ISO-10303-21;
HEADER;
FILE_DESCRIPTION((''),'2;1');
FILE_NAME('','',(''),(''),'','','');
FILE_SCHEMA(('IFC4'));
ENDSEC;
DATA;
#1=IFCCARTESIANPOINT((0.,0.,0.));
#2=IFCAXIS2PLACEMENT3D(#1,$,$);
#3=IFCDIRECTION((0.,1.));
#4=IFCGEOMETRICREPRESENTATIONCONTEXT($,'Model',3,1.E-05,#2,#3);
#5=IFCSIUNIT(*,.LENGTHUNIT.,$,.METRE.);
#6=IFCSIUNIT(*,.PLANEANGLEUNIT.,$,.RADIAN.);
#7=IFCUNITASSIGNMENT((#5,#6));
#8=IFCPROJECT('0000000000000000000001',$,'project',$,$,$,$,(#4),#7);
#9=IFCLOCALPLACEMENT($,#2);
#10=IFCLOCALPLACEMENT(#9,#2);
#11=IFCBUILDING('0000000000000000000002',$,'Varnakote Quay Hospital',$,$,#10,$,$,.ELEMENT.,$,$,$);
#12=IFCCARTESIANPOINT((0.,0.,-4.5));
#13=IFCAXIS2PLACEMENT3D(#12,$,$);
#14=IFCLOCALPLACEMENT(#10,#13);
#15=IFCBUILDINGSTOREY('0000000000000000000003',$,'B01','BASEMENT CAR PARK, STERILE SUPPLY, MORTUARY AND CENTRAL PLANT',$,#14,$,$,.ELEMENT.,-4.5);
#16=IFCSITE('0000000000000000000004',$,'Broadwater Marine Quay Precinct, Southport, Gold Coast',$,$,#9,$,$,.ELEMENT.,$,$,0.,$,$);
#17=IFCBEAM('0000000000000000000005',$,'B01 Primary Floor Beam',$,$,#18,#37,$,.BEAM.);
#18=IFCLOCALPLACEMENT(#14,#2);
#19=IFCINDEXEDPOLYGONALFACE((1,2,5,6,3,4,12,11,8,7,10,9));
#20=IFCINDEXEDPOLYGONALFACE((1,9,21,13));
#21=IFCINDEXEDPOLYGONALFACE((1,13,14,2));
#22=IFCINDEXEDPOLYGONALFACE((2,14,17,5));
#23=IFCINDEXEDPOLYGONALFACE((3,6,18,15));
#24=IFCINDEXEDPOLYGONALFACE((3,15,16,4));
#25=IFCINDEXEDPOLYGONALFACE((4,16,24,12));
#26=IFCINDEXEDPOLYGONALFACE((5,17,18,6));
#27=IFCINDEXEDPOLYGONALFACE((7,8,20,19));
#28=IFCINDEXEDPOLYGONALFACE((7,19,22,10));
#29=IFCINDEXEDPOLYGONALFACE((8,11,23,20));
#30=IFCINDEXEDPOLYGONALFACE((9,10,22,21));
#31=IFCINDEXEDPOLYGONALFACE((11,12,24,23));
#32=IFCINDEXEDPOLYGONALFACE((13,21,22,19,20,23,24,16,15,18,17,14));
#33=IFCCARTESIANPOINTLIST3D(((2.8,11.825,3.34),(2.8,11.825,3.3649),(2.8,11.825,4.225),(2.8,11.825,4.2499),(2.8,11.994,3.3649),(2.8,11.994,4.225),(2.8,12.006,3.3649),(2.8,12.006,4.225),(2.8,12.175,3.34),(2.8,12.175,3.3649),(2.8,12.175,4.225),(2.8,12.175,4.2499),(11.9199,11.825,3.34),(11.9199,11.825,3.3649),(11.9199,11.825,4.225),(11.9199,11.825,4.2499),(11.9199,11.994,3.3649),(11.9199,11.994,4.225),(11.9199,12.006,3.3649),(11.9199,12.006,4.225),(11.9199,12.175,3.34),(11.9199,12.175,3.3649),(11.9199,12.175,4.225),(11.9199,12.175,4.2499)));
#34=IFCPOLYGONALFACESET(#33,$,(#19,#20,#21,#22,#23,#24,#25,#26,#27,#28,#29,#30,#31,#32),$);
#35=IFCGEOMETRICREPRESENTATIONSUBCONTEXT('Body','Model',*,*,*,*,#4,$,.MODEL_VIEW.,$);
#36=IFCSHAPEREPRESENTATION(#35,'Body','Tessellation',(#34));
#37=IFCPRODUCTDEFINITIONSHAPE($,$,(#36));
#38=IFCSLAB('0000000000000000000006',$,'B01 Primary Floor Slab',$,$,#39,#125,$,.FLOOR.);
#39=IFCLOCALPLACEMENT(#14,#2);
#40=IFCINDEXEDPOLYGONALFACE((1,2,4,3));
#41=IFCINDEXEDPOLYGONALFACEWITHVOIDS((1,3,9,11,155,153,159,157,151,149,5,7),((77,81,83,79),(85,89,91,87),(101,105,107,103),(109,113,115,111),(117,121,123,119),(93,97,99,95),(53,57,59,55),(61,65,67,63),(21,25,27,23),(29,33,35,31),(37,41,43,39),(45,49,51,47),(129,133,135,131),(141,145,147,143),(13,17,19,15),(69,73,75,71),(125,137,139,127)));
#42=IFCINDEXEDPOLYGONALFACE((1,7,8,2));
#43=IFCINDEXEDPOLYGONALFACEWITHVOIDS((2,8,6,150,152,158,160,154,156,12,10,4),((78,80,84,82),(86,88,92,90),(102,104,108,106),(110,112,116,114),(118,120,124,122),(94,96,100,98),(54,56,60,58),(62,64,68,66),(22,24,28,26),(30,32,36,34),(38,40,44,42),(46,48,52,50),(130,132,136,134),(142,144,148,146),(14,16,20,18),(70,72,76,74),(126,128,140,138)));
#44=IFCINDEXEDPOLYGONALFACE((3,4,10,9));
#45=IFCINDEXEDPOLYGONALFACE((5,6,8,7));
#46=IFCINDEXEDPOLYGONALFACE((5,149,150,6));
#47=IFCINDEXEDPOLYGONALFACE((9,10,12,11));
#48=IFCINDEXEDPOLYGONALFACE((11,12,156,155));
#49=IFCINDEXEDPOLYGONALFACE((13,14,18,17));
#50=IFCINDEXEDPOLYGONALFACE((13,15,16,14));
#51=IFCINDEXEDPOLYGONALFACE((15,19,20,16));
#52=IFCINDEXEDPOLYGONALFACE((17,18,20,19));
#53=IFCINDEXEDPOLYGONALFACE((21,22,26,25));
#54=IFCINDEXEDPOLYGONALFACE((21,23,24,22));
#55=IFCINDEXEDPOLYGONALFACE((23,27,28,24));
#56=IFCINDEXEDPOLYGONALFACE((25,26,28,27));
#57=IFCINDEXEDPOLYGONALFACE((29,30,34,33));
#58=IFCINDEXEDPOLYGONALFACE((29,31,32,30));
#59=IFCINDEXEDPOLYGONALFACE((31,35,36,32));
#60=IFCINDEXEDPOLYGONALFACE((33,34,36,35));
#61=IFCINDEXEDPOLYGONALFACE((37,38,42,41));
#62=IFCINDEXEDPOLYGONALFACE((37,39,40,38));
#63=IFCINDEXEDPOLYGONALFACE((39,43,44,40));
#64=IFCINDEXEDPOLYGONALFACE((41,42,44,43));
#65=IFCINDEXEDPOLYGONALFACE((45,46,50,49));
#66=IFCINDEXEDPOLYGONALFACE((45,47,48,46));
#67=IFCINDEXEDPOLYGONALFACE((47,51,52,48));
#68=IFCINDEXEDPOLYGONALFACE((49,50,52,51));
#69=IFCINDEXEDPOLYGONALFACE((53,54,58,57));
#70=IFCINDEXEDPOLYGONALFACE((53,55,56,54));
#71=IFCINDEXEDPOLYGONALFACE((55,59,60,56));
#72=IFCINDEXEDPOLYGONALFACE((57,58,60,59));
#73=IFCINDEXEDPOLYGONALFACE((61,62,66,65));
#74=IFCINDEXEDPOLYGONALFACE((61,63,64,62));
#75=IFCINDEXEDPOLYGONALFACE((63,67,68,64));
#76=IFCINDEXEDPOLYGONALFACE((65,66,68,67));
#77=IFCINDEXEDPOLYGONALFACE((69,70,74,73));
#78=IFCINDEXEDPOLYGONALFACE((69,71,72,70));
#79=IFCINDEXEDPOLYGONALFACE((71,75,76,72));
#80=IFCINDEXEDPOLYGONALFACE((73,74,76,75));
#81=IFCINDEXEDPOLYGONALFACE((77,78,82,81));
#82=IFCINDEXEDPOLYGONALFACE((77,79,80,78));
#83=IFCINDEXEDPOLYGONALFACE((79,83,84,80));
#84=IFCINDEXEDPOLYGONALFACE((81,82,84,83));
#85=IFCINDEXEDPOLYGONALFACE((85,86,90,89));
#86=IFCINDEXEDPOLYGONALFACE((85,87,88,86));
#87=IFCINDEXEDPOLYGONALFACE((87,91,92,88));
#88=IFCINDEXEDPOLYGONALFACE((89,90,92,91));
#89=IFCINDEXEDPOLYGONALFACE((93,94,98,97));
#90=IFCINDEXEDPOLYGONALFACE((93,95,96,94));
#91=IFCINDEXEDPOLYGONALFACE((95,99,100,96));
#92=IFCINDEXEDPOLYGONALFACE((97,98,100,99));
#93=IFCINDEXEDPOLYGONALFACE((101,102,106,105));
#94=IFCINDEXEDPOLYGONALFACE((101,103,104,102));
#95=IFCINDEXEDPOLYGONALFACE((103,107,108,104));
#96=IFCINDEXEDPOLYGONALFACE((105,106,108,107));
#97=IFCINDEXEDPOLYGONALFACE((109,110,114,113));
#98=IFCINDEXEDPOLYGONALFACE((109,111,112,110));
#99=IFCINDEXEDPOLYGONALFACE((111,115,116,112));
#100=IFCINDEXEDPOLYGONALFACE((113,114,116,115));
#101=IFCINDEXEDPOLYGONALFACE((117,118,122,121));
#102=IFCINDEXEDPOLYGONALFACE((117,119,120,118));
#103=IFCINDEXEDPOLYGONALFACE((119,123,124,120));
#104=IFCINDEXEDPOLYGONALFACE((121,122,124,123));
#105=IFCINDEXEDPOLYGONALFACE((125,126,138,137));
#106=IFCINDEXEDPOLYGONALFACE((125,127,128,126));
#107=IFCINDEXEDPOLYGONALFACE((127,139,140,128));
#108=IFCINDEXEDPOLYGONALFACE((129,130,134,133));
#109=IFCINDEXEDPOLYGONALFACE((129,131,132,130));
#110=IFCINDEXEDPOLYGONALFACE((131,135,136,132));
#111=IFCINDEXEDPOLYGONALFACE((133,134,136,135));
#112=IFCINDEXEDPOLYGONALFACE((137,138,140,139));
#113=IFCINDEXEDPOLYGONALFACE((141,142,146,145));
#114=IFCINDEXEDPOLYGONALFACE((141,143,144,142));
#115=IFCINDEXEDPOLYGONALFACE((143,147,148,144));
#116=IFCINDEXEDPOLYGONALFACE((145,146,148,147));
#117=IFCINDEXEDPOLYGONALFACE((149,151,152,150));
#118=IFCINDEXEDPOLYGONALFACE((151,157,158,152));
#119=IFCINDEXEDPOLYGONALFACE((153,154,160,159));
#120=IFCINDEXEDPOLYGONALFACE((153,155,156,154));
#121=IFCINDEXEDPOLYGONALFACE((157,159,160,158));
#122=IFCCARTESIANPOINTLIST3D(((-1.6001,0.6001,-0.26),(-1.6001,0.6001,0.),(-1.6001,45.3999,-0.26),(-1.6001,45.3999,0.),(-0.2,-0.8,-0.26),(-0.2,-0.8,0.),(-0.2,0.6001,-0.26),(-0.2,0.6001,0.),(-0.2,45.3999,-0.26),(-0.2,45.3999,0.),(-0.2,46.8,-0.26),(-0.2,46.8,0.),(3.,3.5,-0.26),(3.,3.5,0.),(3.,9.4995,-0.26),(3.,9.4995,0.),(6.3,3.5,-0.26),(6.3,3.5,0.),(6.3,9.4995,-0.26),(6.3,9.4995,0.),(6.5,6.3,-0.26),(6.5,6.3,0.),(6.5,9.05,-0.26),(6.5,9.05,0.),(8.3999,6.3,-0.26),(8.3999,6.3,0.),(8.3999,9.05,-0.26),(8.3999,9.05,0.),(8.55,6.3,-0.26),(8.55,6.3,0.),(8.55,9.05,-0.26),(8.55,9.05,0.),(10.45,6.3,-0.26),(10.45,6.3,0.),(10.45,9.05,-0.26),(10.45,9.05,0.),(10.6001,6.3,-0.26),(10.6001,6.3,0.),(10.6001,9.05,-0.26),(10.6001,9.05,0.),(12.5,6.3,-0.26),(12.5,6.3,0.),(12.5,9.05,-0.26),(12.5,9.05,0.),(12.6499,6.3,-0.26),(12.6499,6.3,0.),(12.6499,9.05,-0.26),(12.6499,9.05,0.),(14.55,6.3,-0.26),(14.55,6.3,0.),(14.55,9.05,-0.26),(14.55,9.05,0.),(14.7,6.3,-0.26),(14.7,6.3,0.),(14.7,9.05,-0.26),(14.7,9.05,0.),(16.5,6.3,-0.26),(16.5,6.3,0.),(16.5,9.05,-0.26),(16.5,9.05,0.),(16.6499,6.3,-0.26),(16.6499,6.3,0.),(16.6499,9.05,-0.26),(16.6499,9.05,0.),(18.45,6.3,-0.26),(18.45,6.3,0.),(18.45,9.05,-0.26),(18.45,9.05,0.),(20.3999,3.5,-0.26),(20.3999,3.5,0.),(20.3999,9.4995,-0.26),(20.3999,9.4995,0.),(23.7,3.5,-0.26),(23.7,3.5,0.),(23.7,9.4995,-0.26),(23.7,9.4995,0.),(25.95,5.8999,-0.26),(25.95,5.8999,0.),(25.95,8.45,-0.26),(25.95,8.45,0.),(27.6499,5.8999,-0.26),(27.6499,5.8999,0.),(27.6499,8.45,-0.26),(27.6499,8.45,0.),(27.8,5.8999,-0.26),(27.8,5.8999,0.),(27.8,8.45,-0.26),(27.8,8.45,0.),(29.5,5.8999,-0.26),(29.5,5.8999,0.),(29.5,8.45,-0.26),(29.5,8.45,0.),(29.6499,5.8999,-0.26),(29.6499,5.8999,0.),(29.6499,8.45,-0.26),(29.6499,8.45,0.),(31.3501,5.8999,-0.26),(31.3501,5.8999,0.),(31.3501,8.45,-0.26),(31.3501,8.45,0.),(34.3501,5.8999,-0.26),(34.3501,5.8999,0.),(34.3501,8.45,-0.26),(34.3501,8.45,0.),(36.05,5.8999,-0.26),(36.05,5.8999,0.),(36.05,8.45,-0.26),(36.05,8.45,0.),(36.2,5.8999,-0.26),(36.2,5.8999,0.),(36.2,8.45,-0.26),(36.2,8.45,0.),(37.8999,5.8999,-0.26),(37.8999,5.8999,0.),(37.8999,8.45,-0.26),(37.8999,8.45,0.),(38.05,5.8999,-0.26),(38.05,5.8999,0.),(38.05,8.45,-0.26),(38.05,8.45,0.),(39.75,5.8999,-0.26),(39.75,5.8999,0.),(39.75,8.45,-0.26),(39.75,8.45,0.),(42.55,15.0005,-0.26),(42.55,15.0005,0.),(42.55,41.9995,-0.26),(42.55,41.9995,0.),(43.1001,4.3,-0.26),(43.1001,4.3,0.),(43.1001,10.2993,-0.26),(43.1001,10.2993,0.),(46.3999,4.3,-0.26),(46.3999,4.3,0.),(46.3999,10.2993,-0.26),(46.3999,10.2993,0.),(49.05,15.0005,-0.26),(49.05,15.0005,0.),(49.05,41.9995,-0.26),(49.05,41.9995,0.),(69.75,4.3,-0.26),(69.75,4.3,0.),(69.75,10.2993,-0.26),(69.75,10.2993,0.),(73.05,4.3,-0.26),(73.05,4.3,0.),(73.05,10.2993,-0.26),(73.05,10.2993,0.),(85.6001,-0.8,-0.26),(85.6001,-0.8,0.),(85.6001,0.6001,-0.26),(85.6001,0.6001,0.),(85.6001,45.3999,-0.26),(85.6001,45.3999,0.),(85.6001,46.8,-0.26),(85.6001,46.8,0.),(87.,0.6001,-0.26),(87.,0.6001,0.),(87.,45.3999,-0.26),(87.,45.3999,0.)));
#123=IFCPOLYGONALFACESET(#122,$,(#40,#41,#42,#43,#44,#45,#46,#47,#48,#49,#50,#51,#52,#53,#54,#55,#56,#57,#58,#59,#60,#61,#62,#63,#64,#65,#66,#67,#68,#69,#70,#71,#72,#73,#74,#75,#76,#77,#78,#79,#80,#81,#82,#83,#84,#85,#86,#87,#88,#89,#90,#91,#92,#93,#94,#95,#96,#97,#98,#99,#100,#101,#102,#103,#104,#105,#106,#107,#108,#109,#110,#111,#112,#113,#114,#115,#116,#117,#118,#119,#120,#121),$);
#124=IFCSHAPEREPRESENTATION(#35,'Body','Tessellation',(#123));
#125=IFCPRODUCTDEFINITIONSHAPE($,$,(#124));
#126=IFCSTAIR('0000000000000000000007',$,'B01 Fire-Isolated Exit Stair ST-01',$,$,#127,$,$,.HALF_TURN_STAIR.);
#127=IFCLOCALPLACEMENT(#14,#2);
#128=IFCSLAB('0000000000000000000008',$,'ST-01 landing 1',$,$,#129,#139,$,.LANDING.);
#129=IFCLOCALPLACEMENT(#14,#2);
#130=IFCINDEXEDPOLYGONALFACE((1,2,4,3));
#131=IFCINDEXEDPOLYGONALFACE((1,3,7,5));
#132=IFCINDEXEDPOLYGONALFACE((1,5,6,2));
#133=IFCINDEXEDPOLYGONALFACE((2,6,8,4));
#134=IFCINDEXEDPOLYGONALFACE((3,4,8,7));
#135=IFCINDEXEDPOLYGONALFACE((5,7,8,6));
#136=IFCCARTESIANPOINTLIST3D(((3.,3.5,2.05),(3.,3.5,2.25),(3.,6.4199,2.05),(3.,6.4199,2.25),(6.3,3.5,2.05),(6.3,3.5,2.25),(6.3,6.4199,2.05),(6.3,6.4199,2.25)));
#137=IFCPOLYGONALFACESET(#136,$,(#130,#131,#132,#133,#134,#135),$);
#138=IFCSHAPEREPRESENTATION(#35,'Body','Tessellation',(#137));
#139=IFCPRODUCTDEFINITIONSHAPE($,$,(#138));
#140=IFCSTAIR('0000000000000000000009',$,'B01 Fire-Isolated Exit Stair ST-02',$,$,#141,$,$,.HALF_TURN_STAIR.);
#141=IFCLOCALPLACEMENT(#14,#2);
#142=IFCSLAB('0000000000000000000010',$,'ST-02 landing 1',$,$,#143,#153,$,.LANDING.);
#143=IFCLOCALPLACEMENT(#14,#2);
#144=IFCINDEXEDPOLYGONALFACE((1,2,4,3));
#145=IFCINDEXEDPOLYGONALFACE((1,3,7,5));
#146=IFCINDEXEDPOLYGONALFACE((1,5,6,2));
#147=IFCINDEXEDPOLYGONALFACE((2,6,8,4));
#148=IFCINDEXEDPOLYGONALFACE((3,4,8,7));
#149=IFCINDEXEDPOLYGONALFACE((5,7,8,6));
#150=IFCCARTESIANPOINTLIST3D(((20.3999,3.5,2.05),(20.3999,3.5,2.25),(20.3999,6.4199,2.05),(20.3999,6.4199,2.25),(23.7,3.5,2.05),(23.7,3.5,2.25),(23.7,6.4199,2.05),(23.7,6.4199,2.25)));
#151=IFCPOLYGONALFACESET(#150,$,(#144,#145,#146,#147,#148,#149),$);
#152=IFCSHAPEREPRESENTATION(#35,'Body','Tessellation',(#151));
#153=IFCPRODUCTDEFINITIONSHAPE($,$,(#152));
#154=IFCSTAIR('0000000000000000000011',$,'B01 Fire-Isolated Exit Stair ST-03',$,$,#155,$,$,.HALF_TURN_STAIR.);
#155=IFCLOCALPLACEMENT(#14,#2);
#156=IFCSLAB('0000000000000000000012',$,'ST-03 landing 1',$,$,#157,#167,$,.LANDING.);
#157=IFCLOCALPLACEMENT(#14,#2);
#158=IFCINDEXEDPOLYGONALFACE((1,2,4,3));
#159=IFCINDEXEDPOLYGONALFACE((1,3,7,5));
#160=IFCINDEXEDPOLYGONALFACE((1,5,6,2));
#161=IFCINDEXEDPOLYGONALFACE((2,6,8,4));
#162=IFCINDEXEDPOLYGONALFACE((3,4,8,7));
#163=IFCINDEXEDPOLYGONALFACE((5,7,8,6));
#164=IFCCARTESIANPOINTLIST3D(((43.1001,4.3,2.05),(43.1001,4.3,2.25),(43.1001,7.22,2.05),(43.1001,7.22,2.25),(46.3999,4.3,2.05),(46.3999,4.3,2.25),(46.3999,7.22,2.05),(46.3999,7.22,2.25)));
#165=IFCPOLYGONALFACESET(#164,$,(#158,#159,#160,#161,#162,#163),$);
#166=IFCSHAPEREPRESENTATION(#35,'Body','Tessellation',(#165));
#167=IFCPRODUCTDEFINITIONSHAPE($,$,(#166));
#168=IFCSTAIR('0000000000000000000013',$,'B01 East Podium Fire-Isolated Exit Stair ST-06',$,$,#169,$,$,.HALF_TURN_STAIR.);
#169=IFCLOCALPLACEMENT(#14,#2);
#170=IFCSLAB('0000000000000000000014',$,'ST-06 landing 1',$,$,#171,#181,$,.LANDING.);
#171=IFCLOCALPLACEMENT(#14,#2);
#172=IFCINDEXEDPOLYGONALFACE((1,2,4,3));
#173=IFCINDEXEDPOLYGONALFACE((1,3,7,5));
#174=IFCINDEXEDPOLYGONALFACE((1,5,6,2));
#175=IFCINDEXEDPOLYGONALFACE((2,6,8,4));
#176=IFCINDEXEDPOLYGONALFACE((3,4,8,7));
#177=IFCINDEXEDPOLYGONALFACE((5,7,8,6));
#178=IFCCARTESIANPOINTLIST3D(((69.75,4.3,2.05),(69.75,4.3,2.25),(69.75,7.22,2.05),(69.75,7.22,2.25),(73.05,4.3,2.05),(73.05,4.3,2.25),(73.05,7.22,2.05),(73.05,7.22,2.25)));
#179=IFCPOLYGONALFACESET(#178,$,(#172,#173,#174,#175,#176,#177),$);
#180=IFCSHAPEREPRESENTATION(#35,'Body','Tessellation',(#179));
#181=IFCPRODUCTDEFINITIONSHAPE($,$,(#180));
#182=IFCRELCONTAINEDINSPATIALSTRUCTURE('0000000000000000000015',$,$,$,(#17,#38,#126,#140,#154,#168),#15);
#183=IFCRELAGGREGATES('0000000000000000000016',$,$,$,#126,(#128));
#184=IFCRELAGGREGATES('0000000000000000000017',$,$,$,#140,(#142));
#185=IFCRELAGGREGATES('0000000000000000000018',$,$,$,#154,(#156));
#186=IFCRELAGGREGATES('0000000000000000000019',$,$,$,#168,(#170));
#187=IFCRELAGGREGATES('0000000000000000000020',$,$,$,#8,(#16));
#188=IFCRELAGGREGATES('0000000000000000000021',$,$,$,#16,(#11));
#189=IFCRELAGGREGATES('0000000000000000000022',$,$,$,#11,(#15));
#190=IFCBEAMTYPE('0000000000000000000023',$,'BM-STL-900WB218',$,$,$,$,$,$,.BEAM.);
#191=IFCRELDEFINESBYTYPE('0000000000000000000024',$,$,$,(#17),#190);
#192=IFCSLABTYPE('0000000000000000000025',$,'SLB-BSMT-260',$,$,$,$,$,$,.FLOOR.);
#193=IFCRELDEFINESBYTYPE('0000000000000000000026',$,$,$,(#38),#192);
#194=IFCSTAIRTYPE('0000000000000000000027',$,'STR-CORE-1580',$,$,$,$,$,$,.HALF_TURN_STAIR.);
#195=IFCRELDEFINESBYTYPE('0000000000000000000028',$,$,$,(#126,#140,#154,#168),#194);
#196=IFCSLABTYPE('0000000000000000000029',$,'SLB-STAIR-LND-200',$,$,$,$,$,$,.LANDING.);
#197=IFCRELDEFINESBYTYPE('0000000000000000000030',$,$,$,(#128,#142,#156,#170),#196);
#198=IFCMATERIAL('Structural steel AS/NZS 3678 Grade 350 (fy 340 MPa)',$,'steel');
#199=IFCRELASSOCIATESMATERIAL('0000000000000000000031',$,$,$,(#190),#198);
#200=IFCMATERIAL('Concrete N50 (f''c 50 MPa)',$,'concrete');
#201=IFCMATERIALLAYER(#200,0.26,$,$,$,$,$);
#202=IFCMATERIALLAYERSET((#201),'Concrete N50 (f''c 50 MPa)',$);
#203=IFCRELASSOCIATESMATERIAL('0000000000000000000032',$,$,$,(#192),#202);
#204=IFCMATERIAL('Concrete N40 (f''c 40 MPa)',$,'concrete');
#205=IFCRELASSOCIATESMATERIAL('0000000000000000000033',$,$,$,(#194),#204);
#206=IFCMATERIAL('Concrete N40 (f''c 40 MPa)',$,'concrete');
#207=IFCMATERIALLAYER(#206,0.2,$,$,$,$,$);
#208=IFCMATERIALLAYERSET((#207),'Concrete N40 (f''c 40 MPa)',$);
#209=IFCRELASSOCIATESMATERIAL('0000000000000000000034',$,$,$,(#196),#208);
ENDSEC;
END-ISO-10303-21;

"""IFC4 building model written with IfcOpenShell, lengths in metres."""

from ifc_helpers import new_model, si_unit, direction, frame, origin, origin_2d, place, context, subcontext, project, spatial, polyline, i_section, outline, extrude, material, layer, layer_set, material_profile, profile_set, type_object, element, aggregate, save


model = new_model("IFC4")

# Units and contexts
model_context = context("Model", 3, precision=1e-05, world=origin(), true_north=direction((0.0, 1.0)))
body_context = subcontext(model_context, "Body", "Model", "MODEL_VIEW")
ifc_project = project(units=[si_unit("LENGTHUNIT", "METRE"), si_unit("PLANEANGLEUNIT", "RADIAN")], contexts=[model_context])

# Site, building, storey
site_placement = place(None, origin())
site = spatial("IfcSite", under=ifc_project, at=site_placement, Name="Broadwater Marine Quay Precinct, Southport, Gold Coast", CompositionType="ELEMENT", RefElevation=0.0)
building_placement = place(site_placement, origin())
building = spatial("IfcBuilding", under=site, at=building_placement, Name="Varnakote Quay Hospital", CompositionType="ELEMENT")
storey_placement = place(building_placement, frame((0.0, 0.0, -4.5)))
storey = spatial("IfcBuildingStorey", under=building, at=storey_placement, Name="B01", Description="BASEMENT CAR PARK, STERILE SUPPLY, MORTUARY AND CENTRAL PLANT", CompositionType="ELEMENT", Elevation=-4.5)

# Beam
ifc_material_1 = material(Name="Structural steel AS/NZS 3678 Grade 350 (fy 340 MPa)", Category="steel")
ifc_material_profile_1 = material_profile(ifc_material_1, i_section(OverallWidth=0.3501, OverallDepth=0.9099, WebThickness=0.012, FlangeThickness=0.0249, at=origin_2d()), Name="900WB218")
ifc_profile_set_1 = profile_set([ifc_material_profile_1], Name="Structural steel AS/NZS 3678 Grade 350 (fy 340 MPa)")
beam_type_1 = type_object("IfcBeamType", Name="BM-STL-900WB218", PredefinedType="BEAM", material=ifc_profile_set_1)
beam_1_placement = place(storey_placement, frame((2.8, 12.0, 3.7949), z_axis=(1.0, 0.0, 0.0), x_axis=(0.0, 1.0, 0.0)))
element("IfcBeam", 1, at=beam_1_placement, inside=storey, type_object=beam_type_1, Name="B01 Primary Floor Beam", PredefinedType="BEAM", context=body_context, shape_type="SweptSolid", body=[
    extrude(i_section(OverallWidth=0.3501, OverallDepth=0.9099, WebThickness=0.012, FlangeThickness=0.0249, at=origin_2d()), origin(), (0.0, 0.0, 1.0), 9.1199),
])

# Slab
ifc_material_2 = material(Name="Concrete N50 (f'c 50 MPa)", Category="concrete")
ifc_layer_1 = layer(ifc_material_2, 0.26)
ifc_layer_set_1 = layer_set([ifc_layer_1], Name="Concrete N50 (f'c 50 MPa)")
slab_type_1 = type_object("IfcSlabType", Name="SLB-BSMT-260", PredefinedType="FLOOR", material=ifc_layer_set_1)
slab_1_placement = place(storey_placement, frame((0.0, 0.0, -0.26)))
element("IfcSlab", 2, at=slab_1_placement, inside=storey, type_object=slab_type_1, Name="B01 Primary Floor Slab", PredefinedType="FLOOR", context=body_context, shape_type="SweptSolid", body=[
    extrude(outline(polyline([(-1.6001, 0.6001), (-0.2, 0.6001), (-0.2, -0.8), (85.6001, -0.8), (85.6001, 0.6001), (87.0, 0.6001), (87.0, 45.3999), (85.6001, 45.3999), (85.6001, 46.8), (-0.2, 46.8), (-0.2, 45.3999), (-1.6001, 45.3999), (-1.6001, 0.6001)]), holes=[polyline([(3.0, 3.5), (6.3, 3.5), (6.3, 9.4995), (3.0, 9.4995), (3.0, 3.5)]), polyline([(20.3999, 3.5), (23.7, 3.5), (23.7, 9.4995), (20.3999, 9.4995), (20.3999, 3.5)]), polyline([(43.1001, 4.3), (46.3999, 4.3), (46.3999, 10.2993), (43.1001, 10.2993), (43.1001, 4.3)]), polyline([(69.75, 4.3), (73.05, 4.3), (73.05, 10.2993), (69.75, 10.2993), (69.75, 4.3)]), polyline([(6.5, 6.3), (8.3999, 6.3), (8.3999, 9.05), (6.5, 9.05), (6.5, 6.3)]), polyline([(8.55, 6.3), (10.45, 6.3), (10.45, 9.05), (8.55, 9.05), (8.55, 6.3)]), polyline([(10.6001, 6.3), (12.5, 6.3), (12.5, 9.05), (10.6001, 9.05), (10.6001, 6.3)]), polyline([(12.6499, 6.3), (14.55, 6.3), (14.55, 9.05), (12.6499, 9.05), (12.6499, 6.3)]), polyline([(14.7, 6.3), (16.5, 6.3), (16.5, 9.05), (14.7, 9.05), (14.7, 6.3)]), polyline([(16.6499, 6.3), (18.45, 6.3), (18.45, 9.05), (16.6499, 9.05), (16.6499, 6.3)]), polyline([(25.95, 5.8999), (27.6499, 5.8999), (27.6499, 8.45), (25.95, 8.45), (25.95, 5.8999)]), polyline([(27.8, 5.8999), (29.5, 5.8999), (29.5, 8.45), (27.8, 8.45), (27.8, 5.8999)]), polyline([(29.6499, 5.8999), (31.3501, 5.8999), (31.3501, 8.45), (29.6499, 8.45), (29.6499, 5.8999)]), polyline([(34.3501, 5.8999), (36.05, 5.8999), (36.05, 8.45), (34.3501, 8.45), (34.3501, 5.8999)]), polyline([(36.2, 5.8999), (37.8999, 5.8999), (37.8999, 8.45), (36.2, 8.45), (36.2, 5.8999)]), polyline([(38.05, 5.8999), (39.75, 5.8999), (39.75, 8.45), (38.05, 8.45), (38.05, 5.8999)]), polyline([(42.55, 15.0005), (49.05, 15.0005), (49.05, 41.9995), (42.55, 41.9995), (42.55, 15.0005)])]), origin(), (0.0, 0.0, 1.0), 0.26),
])

# Stairs, slabs
ifc_material_3 = material(Name="Concrete N40 (f'c 40 MPa)", Category="concrete")
stair_type = type_object("IfcStairType", Name="STR-CORE-1580", PredefinedType="HALF_TURN_STAIR", material=ifc_material_3)
stair_1_placement = place(storey_placement, origin())
stair_1 = element("IfcStair", 3, at=stair_1_placement, inside=storey, type_object=stair_type, Name="B01 Fire-Isolated Exit Stair ST-01", PredefinedType="HALF_TURN_STAIR")
ifc_material_4 = material(Name="Concrete N40 (f'c 40 MPa)", Category="concrete")
ifc_layer_2 = layer(ifc_material_4, 0.2)
ifc_layer_set_2 = layer_set([ifc_layer_2], Name="Concrete N40 (f'c 40 MPa)")
slab_type_2 = type_object("IfcSlabType", Name="SLB-STAIR-LND-200", PredefinedType="LANDING", material=ifc_layer_set_2)
slab_2_placement = place(storey_placement, frame((0.0, 0.0, 2.05)))
slab_2 = element("IfcSlab", 4, at=slab_2_placement, type_object=slab_type_2, Name="ST-01 landing 1", PredefinedType="LANDING", context=body_context, shape_type="SweptSolid", body=[
    extrude(outline(polyline([(3.0, 6.4199), (3.0, 3.5), (6.3, 3.5), (6.3, 6.4199), (3.0, 6.4199)])), origin(), (0.0, 0.0, 1.0), 0.2),
])
aggregate(stair_1, [slab_2])
stair_2_placement = place(storey_placement, origin())
stair_2 = element("IfcStair", 5, at=stair_2_placement, inside=storey, type_object=stair_type, Name="B01 Fire-Isolated Exit Stair ST-02", PredefinedType="HALF_TURN_STAIR")
slab_3_placement = place(storey_placement, frame((0.0, 0.0, 2.05)))
slab_3 = element("IfcSlab", 6, at=slab_3_placement, type_object=slab_type_2, Name="ST-02 landing 1", PredefinedType="LANDING", context=body_context, shape_type="SweptSolid", body=[
    extrude(outline(polyline([(20.3999, 6.4199), (20.3999, 3.5), (23.7, 3.5), (23.7, 6.4199), (20.3999, 6.4199)])), origin(), (0.0, 0.0, 1.0), 0.2),
])
aggregate(stair_2, [slab_3])
stair_3_placement = place(storey_placement, origin())
stair_3 = element("IfcStair", 7, at=stair_3_placement, inside=storey, type_object=stair_type, Name="B01 Fire-Isolated Exit Stair ST-03", PredefinedType="HALF_TURN_STAIR")
slab_4_placement = place(storey_placement, frame((0.0, 0.0, 2.05)))
slab_4 = element("IfcSlab", 8, at=slab_4_placement, type_object=slab_type_2, Name="ST-03 landing 1", PredefinedType="LANDING", context=body_context, shape_type="SweptSolid", body=[
    extrude(outline(polyline([(43.1001, 7.22), (43.1001, 4.3), (46.3999, 4.3), (46.3999, 7.22), (43.1001, 7.22)])), origin(), (0.0, 0.0, 1.0), 0.2),
])
aggregate(stair_3, [slab_4])
stair_4_placement = place(storey_placement, origin())
stair_4 = element("IfcStair", 9, at=stair_4_placement, inside=storey, type_object=stair_type, Name="B01 East Podium Fire-Isolated Exit Stair ST-06", PredefinedType="HALF_TURN_STAIR")
slab_5_placement = place(storey_placement, frame((0.0, 0.0, 2.05)))
slab_5 = element("IfcSlab", 10, at=slab_5_placement, type_object=slab_type_2, Name="ST-06 landing 1", PredefinedType="LANDING", context=body_context, shape_type="SweptSolid", body=[
    extrude(outline(polyline([(69.75, 7.22), (69.75, 4.3), (73.05, 4.3), (73.05, 7.22), (69.75, 7.22)])), origin(), (0.0, 0.0, 1.0), 0.2),
])
aggregate(stair_4, [slab_5])

save(model, "model.ifc")
